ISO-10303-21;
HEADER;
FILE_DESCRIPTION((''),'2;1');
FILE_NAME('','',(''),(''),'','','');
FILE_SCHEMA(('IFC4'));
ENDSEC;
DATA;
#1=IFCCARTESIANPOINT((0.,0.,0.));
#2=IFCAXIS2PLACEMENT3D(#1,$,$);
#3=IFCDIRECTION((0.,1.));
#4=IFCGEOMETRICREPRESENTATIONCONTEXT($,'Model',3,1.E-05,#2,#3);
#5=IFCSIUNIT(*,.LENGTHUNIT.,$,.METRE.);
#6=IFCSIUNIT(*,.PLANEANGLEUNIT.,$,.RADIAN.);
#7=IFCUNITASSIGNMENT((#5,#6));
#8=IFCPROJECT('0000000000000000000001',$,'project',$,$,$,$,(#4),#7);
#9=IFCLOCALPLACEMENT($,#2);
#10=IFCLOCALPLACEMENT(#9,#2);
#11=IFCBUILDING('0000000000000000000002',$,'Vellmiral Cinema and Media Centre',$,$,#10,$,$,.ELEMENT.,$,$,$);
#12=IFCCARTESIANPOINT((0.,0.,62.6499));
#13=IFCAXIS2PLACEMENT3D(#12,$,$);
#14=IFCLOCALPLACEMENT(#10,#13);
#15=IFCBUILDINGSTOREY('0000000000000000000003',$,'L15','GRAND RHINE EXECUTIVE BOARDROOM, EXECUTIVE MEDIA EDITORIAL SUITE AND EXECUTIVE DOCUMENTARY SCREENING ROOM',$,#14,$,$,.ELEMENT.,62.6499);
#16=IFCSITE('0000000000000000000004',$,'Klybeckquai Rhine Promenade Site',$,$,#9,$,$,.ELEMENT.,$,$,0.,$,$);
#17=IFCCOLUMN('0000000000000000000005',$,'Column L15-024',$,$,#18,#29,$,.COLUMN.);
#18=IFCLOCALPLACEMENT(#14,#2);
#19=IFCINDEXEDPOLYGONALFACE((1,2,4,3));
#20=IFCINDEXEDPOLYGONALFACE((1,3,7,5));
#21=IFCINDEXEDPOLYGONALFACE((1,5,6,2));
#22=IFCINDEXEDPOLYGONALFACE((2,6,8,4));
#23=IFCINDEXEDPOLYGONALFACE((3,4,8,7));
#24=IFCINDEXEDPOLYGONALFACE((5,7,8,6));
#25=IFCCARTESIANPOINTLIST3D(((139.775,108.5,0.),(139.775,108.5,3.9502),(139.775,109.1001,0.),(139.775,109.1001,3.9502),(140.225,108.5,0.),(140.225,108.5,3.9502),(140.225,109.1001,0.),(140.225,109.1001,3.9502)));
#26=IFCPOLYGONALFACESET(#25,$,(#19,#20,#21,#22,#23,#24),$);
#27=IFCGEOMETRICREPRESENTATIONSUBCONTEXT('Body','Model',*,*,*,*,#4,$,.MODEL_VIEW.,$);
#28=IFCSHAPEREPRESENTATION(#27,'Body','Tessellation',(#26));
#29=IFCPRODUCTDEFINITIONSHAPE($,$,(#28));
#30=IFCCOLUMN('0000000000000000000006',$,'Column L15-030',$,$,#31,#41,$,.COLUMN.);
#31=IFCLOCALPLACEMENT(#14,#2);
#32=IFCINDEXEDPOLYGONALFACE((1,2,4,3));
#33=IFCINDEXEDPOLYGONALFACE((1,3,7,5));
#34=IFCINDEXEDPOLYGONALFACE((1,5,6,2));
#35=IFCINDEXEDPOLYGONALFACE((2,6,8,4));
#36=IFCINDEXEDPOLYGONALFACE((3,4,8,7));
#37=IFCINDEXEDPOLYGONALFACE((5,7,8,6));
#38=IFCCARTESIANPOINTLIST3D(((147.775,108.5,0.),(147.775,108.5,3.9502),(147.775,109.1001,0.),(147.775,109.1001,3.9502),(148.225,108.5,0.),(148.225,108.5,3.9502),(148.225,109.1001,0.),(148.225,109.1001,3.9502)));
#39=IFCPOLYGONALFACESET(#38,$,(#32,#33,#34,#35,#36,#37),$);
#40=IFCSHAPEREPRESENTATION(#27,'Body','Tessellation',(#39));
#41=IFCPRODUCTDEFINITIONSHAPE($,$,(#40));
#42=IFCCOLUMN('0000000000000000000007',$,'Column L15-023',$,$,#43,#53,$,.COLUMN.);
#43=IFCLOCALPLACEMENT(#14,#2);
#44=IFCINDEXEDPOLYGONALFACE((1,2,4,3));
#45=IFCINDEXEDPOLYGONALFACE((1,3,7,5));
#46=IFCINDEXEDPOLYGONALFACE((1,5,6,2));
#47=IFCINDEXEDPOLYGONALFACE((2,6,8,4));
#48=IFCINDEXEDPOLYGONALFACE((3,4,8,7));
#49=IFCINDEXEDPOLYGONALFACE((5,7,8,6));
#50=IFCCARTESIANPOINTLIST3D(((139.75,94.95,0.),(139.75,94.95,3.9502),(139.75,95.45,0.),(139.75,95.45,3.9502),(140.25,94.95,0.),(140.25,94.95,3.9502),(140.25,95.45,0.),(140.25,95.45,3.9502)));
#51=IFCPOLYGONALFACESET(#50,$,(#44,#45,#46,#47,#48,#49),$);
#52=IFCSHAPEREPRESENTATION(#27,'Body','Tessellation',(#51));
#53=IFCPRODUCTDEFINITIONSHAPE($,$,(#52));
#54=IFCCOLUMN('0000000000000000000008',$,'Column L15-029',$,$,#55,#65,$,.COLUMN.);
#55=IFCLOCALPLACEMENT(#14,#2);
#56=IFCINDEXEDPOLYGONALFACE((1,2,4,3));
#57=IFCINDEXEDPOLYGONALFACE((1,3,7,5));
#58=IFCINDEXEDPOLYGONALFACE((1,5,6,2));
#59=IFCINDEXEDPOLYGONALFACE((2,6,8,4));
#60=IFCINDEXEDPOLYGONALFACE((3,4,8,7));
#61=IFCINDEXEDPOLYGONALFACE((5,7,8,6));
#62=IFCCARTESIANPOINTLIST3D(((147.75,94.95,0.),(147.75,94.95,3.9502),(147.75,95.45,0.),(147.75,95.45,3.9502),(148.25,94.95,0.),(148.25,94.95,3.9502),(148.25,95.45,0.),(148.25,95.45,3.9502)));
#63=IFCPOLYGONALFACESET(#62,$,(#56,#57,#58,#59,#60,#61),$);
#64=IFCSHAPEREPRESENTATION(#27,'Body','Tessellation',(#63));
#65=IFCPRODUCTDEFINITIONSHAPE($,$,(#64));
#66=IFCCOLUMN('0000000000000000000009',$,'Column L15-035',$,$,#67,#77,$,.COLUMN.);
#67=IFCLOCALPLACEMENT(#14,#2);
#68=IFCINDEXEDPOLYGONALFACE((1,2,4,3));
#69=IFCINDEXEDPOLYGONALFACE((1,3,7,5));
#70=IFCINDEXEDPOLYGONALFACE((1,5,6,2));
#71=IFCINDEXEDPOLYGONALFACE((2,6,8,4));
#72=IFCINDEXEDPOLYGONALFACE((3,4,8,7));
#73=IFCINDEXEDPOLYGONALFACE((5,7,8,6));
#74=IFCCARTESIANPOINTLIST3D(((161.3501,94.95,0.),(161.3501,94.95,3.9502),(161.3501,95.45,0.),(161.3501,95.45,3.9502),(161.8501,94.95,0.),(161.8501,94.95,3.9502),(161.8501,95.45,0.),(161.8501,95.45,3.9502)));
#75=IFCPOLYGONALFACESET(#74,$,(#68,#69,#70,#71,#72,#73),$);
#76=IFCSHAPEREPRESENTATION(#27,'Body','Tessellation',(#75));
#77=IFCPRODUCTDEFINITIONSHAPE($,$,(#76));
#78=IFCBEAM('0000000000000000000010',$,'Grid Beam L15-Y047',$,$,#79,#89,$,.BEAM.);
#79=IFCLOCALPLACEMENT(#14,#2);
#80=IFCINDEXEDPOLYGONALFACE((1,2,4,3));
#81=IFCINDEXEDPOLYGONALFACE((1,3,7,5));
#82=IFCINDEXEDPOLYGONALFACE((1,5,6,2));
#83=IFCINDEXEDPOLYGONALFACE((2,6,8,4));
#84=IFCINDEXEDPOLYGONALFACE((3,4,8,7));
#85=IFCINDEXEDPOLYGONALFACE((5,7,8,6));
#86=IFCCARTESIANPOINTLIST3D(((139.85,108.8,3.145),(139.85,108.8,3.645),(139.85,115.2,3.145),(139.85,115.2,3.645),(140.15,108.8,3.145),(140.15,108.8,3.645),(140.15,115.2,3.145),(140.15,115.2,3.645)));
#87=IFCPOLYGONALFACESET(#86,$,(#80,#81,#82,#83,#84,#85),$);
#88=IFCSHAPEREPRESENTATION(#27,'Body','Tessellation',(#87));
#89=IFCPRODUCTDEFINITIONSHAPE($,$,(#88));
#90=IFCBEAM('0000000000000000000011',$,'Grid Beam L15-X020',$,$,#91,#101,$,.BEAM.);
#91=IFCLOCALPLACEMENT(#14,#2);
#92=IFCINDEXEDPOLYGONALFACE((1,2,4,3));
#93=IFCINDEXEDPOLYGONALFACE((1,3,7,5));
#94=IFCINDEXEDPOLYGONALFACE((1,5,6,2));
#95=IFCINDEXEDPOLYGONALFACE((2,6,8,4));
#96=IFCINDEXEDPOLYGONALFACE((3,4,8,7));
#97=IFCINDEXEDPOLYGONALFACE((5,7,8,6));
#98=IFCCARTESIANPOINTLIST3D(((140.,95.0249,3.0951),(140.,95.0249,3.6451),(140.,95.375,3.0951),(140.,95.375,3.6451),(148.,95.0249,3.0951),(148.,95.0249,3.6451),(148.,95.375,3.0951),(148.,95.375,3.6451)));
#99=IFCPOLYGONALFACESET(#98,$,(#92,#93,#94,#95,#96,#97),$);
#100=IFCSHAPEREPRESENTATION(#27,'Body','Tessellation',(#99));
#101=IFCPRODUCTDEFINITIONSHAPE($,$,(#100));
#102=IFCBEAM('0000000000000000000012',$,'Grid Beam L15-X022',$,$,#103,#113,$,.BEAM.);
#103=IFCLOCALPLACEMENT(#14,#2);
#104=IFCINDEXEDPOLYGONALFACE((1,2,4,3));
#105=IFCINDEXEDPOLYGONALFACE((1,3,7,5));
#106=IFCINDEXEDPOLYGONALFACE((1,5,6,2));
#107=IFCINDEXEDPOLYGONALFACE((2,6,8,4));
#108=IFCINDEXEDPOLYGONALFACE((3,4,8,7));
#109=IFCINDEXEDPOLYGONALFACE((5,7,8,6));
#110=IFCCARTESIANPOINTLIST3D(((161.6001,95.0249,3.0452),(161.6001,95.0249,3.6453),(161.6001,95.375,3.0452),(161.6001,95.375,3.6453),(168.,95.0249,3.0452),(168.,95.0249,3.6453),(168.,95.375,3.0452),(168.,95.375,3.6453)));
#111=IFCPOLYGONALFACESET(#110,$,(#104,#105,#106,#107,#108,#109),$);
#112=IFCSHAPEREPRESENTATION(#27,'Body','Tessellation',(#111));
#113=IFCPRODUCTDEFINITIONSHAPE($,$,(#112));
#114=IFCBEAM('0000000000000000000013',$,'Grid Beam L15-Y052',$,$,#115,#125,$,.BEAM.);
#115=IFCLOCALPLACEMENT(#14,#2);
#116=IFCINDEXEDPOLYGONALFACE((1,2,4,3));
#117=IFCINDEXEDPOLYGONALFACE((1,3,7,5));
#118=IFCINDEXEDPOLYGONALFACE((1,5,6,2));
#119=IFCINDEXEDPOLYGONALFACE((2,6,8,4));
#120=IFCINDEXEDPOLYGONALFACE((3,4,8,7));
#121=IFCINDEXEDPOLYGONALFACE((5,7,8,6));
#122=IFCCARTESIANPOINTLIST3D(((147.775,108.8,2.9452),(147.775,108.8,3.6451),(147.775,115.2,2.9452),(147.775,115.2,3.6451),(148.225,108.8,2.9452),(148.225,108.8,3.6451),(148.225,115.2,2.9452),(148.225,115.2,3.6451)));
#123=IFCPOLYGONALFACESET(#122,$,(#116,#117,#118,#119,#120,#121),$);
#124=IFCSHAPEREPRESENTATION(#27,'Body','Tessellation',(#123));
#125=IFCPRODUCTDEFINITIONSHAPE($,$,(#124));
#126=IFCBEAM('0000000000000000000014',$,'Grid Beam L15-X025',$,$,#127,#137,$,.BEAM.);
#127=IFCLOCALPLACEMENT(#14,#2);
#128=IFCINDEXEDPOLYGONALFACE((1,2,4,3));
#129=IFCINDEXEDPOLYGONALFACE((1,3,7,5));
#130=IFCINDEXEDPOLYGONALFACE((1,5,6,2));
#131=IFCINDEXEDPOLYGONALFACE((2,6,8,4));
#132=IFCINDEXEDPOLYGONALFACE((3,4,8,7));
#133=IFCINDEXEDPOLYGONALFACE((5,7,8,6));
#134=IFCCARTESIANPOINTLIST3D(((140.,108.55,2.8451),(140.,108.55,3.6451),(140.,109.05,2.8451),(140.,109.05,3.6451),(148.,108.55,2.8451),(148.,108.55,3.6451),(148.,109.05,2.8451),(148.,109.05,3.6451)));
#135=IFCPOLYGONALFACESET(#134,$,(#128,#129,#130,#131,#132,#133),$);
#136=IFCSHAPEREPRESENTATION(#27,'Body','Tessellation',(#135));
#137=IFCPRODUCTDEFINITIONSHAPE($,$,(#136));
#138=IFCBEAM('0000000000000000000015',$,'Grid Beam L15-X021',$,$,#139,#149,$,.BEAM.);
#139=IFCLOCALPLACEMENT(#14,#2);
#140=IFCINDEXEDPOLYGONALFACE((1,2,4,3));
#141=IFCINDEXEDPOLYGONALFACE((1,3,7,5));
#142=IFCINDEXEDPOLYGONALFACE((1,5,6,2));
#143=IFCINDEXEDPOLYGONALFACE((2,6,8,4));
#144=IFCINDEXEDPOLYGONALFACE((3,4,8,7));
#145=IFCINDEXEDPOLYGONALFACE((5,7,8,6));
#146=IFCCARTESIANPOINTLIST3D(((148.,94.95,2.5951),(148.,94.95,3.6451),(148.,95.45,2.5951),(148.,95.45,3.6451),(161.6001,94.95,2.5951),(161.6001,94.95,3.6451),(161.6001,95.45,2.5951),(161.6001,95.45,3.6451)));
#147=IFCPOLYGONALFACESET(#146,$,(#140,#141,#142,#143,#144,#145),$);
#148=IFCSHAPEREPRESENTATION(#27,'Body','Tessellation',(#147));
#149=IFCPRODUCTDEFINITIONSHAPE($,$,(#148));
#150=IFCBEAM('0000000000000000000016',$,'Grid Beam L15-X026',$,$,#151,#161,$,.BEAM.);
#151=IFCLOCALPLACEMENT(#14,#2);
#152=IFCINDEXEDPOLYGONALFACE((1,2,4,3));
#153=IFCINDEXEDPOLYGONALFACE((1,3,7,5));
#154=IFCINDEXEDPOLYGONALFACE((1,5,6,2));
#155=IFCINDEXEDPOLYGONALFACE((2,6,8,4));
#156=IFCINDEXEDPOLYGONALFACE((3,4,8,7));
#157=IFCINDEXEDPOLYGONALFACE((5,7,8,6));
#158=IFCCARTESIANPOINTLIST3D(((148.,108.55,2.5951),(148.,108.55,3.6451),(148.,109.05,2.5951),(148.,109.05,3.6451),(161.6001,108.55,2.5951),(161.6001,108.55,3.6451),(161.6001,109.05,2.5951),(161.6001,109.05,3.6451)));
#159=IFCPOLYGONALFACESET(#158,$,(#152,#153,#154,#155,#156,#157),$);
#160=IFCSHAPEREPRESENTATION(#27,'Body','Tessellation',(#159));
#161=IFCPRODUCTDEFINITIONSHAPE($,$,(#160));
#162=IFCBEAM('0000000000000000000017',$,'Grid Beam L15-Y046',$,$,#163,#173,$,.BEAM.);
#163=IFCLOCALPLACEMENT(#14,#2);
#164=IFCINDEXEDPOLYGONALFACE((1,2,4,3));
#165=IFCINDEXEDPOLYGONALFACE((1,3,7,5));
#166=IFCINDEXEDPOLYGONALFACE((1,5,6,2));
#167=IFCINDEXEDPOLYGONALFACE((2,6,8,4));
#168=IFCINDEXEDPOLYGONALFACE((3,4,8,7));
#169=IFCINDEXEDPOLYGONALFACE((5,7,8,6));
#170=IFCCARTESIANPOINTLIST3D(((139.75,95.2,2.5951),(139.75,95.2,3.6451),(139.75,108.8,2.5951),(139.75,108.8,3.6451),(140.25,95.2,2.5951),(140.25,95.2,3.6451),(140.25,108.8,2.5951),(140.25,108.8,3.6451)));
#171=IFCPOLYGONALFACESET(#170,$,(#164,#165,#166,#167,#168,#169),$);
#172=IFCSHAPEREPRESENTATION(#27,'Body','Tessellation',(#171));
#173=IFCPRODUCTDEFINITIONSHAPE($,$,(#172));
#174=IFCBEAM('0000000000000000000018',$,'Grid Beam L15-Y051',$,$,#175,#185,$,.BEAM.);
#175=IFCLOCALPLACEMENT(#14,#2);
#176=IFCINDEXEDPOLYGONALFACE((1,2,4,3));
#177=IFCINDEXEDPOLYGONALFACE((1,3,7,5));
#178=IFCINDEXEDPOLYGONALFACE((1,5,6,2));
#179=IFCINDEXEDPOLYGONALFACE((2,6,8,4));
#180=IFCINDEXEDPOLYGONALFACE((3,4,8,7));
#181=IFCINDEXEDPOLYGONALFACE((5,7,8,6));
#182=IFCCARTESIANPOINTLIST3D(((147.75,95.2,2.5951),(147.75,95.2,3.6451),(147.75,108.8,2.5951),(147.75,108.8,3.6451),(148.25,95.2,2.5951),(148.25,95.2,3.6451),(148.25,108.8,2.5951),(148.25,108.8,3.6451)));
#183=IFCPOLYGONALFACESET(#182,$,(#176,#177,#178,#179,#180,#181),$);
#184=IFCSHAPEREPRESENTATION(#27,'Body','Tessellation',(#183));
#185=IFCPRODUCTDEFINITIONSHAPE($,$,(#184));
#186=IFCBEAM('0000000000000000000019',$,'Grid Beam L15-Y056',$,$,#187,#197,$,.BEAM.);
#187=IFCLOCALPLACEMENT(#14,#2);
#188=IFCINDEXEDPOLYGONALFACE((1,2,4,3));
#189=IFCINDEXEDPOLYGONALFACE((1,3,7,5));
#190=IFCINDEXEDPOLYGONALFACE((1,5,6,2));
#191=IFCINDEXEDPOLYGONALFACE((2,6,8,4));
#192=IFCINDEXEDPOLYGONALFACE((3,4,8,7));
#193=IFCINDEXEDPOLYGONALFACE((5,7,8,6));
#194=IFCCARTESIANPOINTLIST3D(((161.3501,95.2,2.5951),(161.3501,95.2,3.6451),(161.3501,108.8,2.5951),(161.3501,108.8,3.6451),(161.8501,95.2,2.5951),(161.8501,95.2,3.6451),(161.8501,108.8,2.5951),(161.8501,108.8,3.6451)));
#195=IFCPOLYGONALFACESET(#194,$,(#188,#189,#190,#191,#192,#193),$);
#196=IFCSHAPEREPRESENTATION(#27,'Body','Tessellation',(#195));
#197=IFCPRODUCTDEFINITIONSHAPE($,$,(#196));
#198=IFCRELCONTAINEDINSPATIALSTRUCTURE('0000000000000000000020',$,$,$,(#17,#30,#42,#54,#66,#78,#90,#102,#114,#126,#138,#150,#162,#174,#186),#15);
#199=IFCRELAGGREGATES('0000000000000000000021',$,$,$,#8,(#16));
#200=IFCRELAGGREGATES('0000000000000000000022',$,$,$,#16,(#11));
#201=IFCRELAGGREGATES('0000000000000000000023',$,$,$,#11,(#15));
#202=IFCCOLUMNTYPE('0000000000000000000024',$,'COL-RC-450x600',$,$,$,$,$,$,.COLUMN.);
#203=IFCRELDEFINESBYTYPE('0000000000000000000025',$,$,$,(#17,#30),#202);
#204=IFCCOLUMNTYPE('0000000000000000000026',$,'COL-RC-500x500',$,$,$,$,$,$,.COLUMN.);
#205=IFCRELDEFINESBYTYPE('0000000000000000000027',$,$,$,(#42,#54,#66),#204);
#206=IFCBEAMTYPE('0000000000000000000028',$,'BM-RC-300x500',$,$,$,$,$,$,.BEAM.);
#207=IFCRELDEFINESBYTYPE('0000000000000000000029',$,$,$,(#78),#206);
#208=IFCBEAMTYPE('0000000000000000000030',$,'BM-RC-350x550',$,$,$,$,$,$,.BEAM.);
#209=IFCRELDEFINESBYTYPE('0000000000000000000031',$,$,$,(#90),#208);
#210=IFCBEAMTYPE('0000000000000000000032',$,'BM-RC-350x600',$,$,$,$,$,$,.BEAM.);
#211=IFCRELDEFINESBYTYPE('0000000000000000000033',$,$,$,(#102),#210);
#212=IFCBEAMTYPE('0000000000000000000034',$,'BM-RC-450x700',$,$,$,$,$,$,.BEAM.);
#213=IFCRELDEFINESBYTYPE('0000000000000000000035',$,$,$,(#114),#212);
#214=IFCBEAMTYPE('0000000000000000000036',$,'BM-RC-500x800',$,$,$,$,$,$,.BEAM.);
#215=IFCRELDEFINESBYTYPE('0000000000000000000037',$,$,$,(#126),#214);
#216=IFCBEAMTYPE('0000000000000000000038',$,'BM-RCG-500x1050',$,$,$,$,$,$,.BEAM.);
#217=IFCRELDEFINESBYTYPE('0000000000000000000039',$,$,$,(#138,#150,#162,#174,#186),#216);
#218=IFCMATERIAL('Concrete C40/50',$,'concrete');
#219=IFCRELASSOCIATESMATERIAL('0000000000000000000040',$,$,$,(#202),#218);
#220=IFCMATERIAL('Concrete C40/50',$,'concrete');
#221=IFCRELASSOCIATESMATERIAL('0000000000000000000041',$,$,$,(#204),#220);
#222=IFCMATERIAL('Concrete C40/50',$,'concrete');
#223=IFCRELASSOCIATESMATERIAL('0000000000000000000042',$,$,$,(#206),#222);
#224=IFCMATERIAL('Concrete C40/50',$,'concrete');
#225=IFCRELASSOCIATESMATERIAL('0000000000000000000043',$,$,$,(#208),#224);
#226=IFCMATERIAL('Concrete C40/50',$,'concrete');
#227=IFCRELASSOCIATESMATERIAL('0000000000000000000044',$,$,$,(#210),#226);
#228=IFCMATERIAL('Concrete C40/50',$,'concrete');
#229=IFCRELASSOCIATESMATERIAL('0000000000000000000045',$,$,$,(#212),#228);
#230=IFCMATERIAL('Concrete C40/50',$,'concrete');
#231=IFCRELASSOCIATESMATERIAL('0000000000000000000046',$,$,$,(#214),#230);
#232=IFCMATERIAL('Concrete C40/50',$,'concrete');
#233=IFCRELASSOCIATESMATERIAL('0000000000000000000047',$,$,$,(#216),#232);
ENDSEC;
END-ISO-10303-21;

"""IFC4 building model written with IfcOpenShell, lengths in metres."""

from ifc_helpers import new_model, si_unit, direction, frame, origin, origin_2d, place, context, subcontext, project, spatial, rectangle, extrude, material, material_profile, profile_set, type_object, element, save


model = new_model("IFC4")

# Units and contexts
model_context = context("Model", 3, precision=1e-05, world=origin(), true_north=direction((0.0, 1.0)))
body_context = subcontext(model_context, "Body", "Model", "MODEL_VIEW")
ifc_project = project(units=[si_unit("LENGTHUNIT", "METRE"), si_unit("PLANEANGLEUNIT", "RADIAN")], contexts=[model_context])

# Site, building, storey
site_placement = place(None, origin())
site = spatial("IfcSite", under=ifc_project, at=site_placement, Name="Klybeckquai Rhine Promenade Site", CompositionType="ELEMENT", RefElevation=0.0)
building_placement = place(site_placement, origin())
building = spatial("IfcBuilding", under=site, at=building_placement, Name="Vellmiral Cinema and Media Centre", CompositionType="ELEMENT")
storey_placement = place(building_placement, frame((0.0, 0.0, 62.6499)))
storey = spatial("IfcBuildingStorey", under=building, at=storey_placement, Name="L15", Description="GRAND RHINE EXECUTIVE BOARDROOM, EXECUTIVE MEDIA EDITORIAL SUITE AND EXECUTIVE DOCUMENTARY SCREENING ROOM", CompositionType="ELEMENT", Elevation=62.6499)

# Columns
ifc_material_1 = material(Name="Concrete C40/50", Category="concrete")
ifc_material_profile_1 = material_profile(ifc_material_1, rectangle(XDim=0.45, YDim=0.6001, at=origin_2d()), Name="RC 450x600")
ifc_profile_set_1 = profile_set([ifc_material_profile_1], Name="Concrete C40/50")
column_type_1 = type_object("IfcColumnType", Name="COL-RC-450x600", PredefinedType="COLUMN", material=ifc_profile_set_1)
for number, where, z_axis, x_axis, name in (
    (1, (140.0, 108.8, 0.0), (0.0, 0.0, 1.0), (1.0, 0.0, 0.0), "Column L15-024"),
    (2, (148.0, 108.8, 0.0), (0.0, 0.0, 1.0), (1.0, 0.0, 0.0), "Column L15-030"),
):
    element("IfcColumn", number, at=place(storey_placement, frame(where, z_axis=z_axis, x_axis=x_axis)), inside=storey, type_object=column_type_1, Name=name, PredefinedType="COLUMN", context=body_context, shape_type="SweptSolid", body=[
        extrude(rectangle(XDim=0.45, YDim=0.6001, at=origin_2d()), origin(), (0.0, 0.0, 1.0), 3.9502),
    ])
ifc_material_2 = material(Name="Concrete C40/50", Category="concrete")
ifc_material_profile_2 = material_profile(ifc_material_2, rectangle(XDim=0.5, YDim=0.5, at=origin_2d()), Name="RC 500x500")
ifc_profile_set_2 = profile_set([ifc_material_profile_2], Name="Concrete C40/50")
column_type_2 = type_object("IfcColumnType", Name="COL-RC-500x500", PredefinedType="COLUMN", material=ifc_profile_set_2)
for number, where, z_axis, x_axis, name in (
    (3, (140.0, 95.2, 0.0), (0.0, 0.0, 1.0), (1.0, 0.0, 0.0), "Column L15-023"),
    (4, (148.0, 95.2, 0.0), (0.0, 0.0, 1.0), (1.0, 0.0, 0.0), "Column L15-029"),
    (5, (161.6001, 95.2, 0.0), (0.0, 0.0, 1.0), (1.0, 0.0, 0.0), "Column L15-035"),
):
    element("IfcColumn", number, at=place(storey_placement, frame(where, z_axis=z_axis, x_axis=x_axis)), inside=storey, type_object=column_type_2, Name=name, PredefinedType="COLUMN", context=body_context, shape_type="SweptSolid", body=[
        extrude(rectangle(XDim=0.5, YDim=0.5, at=origin_2d()), origin(), (0.0, 0.0, 1.0), 3.9502),
    ])

# Beams
ifc_material_3 = material(Name="Concrete C40/50", Category="concrete")
ifc_material_profile_3 = material_profile(ifc_material_3, rectangle(XDim=0.3, YDim=0.5, at=origin_2d()), Name="RC 300x500")
ifc_profile_set_3 = profile_set([ifc_material_profile_3], Name="Concrete C40/50")
beam_type_1 = type_object("IfcBeamType", Name="BM-RC-300x500", PredefinedType="BEAM", material=ifc_profile_set_3)
beam_1_placement = place(storey_placement, frame((140.0, 108.8, 3.395), z_axis=(0.0, 1.0, 0.0), x_axis=(-1.0, 0.0, 0.0)))
element("IfcBeam", 6, at=beam_1_placement, inside=storey, type_object=beam_type_1, Name="Grid Beam L15-Y047", PredefinedType="BEAM", context=body_context, shape_type="SweptSolid", body=[
    extrude(rectangle(XDim=0.3, YDim=0.5, at=origin_2d()), origin(), (0.0, 0.0, 1.0), 6.3999),
])
ifc_material_4 = material(Name="Concrete C40/50", Category="concrete")
ifc_material_profile_4 = material_profile(ifc_material_4, rectangle(XDim=0.3501, YDim=0.55, at=origin_2d()), Name="RC 350x550")
ifc_profile_set_4 = profile_set([ifc_material_profile_4], Name="Concrete C40/50")
beam_type_2 = type_object("IfcBeamType", Name="BM-RC-350x550", PredefinedType="BEAM", material=ifc_profile_set_4)
beam_2_placement = place(storey_placement, frame((140.0, 95.2, 3.3701), z_axis=(1.0, 0.0, 0.0), x_axis=(0.0, 1.0, 0.0)))
element("IfcBeam", 7, at=beam_2_placement, inside=storey, type_object=beam_type_2, Name="Grid Beam L15-X020", PredefinedType="BEAM", context=body_context, shape_type="SweptSolid", body=[
    extrude(rectangle(XDim=0.3501, YDim=0.55, at=origin_2d()), origin(), (0.0, 0.0, 1.0), 8.0),
])
ifc_material_5 = material(Name="Concrete C40/50", Category="concrete")
ifc_material_profile_5 = material_profile(ifc_material_5, rectangle(XDim=0.3501, YDim=0.6001, at=origin_2d()), Name="RC 350x600")
ifc_profile_set_5 = profile_set([ifc_material_profile_5], Name="Concrete C40/50")
beam_type_3 = type_object("IfcBeamType", Name="BM-RC-350x600", PredefinedType="BEAM", material=ifc_profile_set_5)
beam_3_placement = place(storey_placement, frame((161.6001, 95.2, 3.3452), z_axis=(1.0, 0.0, 0.0), x_axis=(0.0, 1.0, 0.0)))
element("IfcBeam", 8, at=beam_3_placement, inside=storey, type_object=beam_type_3, Name="Grid Beam L15-X022", PredefinedType="BEAM", context=body_context, shape_type="SweptSolid", body=[
    extrude(rectangle(XDim=0.3501, YDim=0.6001, at=origin_2d()), origin(), (0.0, 0.0, 1.0), 6.3999),
])
ifc_material_6 = material(Name="Concrete C40/50", Category="concrete")
ifc_material_profile_6 = material_profile(ifc_material_6, rectangle(XDim=0.45, YDim=0.7, at=origin_2d()), Name="RC 450x700")
ifc_profile_set_6 = profile_set([ifc_material_profile_6], Name="Concrete C40/50")
beam_type_4 = type_object("IfcBeamType", Name="BM-RC-450x700", PredefinedType="BEAM", material=ifc_profile_set_6)
beam_4_placement = place(storey_placement, frame((148.0, 108.8, 3.2952), z_axis=(0.0, 1.0, 0.0), x_axis=(-1.0, 0.0, 0.0)))
element("IfcBeam", 9, at=beam_4_placement, inside=storey, type_object=beam_type_4, Name="Grid Beam L15-Y052", PredefinedType="BEAM", context=body_context, shape_type="SweptSolid", body=[
    extrude(rectangle(XDim=0.45, YDim=0.7, at=origin_2d()), origin(), (0.0, 0.0, 1.0), 6.3999),
])
ifc_material_7 = material(Name="Concrete C40/50", Category="concrete")
ifc_material_profile_7 = material_profile(ifc_material_7, rectangle(XDim=0.5, YDim=0.8, at=origin_2d()), Name="RC 500x800")
ifc_profile_set_7 = profile_set([ifc_material_profile_7], Name="Concrete C40/50")
beam_type_5 = type_object("IfcBeamType", Name="BM-RC-500x800", PredefinedType="BEAM", material=ifc_profile_set_7)
beam_5_placement = place(storey_placement, frame((140.0, 108.8, 3.2451), z_axis=(1.0, 0.0, 0.0), x_axis=(0.0, 1.0, 0.0)))
element("IfcBeam", 10, at=beam_5_placement, inside=storey, type_object=beam_type_5, Name="Grid Beam L15-X025", PredefinedType="BEAM", context=body_context, shape_type="SweptSolid", body=[
    extrude(rectangle(XDim=0.5, YDim=0.8, at=origin_2d()), origin(), (0.0, 0.0, 1.0), 8.0),
])
ifc_material_8 = material(Name="Concrete C40/50", Category="concrete")
ifc_material_profile_8 = material_profile(ifc_material_8, rectangle(XDim=0.5, YDim=1.05, at=origin_2d()), Name="RC 500x1050")
ifc_profile_set_8 = profile_set([ifc_material_profile_8], Name="Concrete C40/50")
beam_type_6 = type_object("IfcBeamType", Name="BM-RCG-500x1050", PredefinedType="BEAM", material=ifc_profile_set_8)
for number, where, z_axis, x_axis, name in (
    (11, (148.0, 95.2, 3.1201), (1.0, 0.0, 0.0), (0.0, 1.0, 0.0), "Grid Beam L15-X021"),
    (12, (148.0, 108.8, 3.1201), (1.0, 0.0, 0.0), (0.0, 1.0, 0.0), "Grid Beam L15-X026"),
    (13, (140.0, 95.2, 3.1201), (0.0, 1.0, 0.0), (-1.0, 0.0, 0.0), "Grid Beam L15-Y046"),
    (14, (148.0, 95.2, 3.1201), (0.0, 1.0, 0.0), (-1.0, 0.0, 0.0), "Grid Beam L15-Y051"),
    (15, (161.6001, 95.2, 3.1201), (0.0, 1.0, 0.0), (-1.0, 0.0, 0.0), "Grid Beam L15-Y056"),
):
    element("IfcBeam", number, at=place(storey_placement, frame(where, z_axis=z_axis, x_axis=x_axis)), inside=storey, type_object=beam_type_6, Name=name, PredefinedType="BEAM", context=body_context, shape_type="SweptSolid", body=[
        extrude(rectangle(XDim=0.5, YDim=1.05, at=origin_2d()), origin(), (0.0, 0.0, 1.0), 13.6001),
    ])

save(model, "model.ifc")
